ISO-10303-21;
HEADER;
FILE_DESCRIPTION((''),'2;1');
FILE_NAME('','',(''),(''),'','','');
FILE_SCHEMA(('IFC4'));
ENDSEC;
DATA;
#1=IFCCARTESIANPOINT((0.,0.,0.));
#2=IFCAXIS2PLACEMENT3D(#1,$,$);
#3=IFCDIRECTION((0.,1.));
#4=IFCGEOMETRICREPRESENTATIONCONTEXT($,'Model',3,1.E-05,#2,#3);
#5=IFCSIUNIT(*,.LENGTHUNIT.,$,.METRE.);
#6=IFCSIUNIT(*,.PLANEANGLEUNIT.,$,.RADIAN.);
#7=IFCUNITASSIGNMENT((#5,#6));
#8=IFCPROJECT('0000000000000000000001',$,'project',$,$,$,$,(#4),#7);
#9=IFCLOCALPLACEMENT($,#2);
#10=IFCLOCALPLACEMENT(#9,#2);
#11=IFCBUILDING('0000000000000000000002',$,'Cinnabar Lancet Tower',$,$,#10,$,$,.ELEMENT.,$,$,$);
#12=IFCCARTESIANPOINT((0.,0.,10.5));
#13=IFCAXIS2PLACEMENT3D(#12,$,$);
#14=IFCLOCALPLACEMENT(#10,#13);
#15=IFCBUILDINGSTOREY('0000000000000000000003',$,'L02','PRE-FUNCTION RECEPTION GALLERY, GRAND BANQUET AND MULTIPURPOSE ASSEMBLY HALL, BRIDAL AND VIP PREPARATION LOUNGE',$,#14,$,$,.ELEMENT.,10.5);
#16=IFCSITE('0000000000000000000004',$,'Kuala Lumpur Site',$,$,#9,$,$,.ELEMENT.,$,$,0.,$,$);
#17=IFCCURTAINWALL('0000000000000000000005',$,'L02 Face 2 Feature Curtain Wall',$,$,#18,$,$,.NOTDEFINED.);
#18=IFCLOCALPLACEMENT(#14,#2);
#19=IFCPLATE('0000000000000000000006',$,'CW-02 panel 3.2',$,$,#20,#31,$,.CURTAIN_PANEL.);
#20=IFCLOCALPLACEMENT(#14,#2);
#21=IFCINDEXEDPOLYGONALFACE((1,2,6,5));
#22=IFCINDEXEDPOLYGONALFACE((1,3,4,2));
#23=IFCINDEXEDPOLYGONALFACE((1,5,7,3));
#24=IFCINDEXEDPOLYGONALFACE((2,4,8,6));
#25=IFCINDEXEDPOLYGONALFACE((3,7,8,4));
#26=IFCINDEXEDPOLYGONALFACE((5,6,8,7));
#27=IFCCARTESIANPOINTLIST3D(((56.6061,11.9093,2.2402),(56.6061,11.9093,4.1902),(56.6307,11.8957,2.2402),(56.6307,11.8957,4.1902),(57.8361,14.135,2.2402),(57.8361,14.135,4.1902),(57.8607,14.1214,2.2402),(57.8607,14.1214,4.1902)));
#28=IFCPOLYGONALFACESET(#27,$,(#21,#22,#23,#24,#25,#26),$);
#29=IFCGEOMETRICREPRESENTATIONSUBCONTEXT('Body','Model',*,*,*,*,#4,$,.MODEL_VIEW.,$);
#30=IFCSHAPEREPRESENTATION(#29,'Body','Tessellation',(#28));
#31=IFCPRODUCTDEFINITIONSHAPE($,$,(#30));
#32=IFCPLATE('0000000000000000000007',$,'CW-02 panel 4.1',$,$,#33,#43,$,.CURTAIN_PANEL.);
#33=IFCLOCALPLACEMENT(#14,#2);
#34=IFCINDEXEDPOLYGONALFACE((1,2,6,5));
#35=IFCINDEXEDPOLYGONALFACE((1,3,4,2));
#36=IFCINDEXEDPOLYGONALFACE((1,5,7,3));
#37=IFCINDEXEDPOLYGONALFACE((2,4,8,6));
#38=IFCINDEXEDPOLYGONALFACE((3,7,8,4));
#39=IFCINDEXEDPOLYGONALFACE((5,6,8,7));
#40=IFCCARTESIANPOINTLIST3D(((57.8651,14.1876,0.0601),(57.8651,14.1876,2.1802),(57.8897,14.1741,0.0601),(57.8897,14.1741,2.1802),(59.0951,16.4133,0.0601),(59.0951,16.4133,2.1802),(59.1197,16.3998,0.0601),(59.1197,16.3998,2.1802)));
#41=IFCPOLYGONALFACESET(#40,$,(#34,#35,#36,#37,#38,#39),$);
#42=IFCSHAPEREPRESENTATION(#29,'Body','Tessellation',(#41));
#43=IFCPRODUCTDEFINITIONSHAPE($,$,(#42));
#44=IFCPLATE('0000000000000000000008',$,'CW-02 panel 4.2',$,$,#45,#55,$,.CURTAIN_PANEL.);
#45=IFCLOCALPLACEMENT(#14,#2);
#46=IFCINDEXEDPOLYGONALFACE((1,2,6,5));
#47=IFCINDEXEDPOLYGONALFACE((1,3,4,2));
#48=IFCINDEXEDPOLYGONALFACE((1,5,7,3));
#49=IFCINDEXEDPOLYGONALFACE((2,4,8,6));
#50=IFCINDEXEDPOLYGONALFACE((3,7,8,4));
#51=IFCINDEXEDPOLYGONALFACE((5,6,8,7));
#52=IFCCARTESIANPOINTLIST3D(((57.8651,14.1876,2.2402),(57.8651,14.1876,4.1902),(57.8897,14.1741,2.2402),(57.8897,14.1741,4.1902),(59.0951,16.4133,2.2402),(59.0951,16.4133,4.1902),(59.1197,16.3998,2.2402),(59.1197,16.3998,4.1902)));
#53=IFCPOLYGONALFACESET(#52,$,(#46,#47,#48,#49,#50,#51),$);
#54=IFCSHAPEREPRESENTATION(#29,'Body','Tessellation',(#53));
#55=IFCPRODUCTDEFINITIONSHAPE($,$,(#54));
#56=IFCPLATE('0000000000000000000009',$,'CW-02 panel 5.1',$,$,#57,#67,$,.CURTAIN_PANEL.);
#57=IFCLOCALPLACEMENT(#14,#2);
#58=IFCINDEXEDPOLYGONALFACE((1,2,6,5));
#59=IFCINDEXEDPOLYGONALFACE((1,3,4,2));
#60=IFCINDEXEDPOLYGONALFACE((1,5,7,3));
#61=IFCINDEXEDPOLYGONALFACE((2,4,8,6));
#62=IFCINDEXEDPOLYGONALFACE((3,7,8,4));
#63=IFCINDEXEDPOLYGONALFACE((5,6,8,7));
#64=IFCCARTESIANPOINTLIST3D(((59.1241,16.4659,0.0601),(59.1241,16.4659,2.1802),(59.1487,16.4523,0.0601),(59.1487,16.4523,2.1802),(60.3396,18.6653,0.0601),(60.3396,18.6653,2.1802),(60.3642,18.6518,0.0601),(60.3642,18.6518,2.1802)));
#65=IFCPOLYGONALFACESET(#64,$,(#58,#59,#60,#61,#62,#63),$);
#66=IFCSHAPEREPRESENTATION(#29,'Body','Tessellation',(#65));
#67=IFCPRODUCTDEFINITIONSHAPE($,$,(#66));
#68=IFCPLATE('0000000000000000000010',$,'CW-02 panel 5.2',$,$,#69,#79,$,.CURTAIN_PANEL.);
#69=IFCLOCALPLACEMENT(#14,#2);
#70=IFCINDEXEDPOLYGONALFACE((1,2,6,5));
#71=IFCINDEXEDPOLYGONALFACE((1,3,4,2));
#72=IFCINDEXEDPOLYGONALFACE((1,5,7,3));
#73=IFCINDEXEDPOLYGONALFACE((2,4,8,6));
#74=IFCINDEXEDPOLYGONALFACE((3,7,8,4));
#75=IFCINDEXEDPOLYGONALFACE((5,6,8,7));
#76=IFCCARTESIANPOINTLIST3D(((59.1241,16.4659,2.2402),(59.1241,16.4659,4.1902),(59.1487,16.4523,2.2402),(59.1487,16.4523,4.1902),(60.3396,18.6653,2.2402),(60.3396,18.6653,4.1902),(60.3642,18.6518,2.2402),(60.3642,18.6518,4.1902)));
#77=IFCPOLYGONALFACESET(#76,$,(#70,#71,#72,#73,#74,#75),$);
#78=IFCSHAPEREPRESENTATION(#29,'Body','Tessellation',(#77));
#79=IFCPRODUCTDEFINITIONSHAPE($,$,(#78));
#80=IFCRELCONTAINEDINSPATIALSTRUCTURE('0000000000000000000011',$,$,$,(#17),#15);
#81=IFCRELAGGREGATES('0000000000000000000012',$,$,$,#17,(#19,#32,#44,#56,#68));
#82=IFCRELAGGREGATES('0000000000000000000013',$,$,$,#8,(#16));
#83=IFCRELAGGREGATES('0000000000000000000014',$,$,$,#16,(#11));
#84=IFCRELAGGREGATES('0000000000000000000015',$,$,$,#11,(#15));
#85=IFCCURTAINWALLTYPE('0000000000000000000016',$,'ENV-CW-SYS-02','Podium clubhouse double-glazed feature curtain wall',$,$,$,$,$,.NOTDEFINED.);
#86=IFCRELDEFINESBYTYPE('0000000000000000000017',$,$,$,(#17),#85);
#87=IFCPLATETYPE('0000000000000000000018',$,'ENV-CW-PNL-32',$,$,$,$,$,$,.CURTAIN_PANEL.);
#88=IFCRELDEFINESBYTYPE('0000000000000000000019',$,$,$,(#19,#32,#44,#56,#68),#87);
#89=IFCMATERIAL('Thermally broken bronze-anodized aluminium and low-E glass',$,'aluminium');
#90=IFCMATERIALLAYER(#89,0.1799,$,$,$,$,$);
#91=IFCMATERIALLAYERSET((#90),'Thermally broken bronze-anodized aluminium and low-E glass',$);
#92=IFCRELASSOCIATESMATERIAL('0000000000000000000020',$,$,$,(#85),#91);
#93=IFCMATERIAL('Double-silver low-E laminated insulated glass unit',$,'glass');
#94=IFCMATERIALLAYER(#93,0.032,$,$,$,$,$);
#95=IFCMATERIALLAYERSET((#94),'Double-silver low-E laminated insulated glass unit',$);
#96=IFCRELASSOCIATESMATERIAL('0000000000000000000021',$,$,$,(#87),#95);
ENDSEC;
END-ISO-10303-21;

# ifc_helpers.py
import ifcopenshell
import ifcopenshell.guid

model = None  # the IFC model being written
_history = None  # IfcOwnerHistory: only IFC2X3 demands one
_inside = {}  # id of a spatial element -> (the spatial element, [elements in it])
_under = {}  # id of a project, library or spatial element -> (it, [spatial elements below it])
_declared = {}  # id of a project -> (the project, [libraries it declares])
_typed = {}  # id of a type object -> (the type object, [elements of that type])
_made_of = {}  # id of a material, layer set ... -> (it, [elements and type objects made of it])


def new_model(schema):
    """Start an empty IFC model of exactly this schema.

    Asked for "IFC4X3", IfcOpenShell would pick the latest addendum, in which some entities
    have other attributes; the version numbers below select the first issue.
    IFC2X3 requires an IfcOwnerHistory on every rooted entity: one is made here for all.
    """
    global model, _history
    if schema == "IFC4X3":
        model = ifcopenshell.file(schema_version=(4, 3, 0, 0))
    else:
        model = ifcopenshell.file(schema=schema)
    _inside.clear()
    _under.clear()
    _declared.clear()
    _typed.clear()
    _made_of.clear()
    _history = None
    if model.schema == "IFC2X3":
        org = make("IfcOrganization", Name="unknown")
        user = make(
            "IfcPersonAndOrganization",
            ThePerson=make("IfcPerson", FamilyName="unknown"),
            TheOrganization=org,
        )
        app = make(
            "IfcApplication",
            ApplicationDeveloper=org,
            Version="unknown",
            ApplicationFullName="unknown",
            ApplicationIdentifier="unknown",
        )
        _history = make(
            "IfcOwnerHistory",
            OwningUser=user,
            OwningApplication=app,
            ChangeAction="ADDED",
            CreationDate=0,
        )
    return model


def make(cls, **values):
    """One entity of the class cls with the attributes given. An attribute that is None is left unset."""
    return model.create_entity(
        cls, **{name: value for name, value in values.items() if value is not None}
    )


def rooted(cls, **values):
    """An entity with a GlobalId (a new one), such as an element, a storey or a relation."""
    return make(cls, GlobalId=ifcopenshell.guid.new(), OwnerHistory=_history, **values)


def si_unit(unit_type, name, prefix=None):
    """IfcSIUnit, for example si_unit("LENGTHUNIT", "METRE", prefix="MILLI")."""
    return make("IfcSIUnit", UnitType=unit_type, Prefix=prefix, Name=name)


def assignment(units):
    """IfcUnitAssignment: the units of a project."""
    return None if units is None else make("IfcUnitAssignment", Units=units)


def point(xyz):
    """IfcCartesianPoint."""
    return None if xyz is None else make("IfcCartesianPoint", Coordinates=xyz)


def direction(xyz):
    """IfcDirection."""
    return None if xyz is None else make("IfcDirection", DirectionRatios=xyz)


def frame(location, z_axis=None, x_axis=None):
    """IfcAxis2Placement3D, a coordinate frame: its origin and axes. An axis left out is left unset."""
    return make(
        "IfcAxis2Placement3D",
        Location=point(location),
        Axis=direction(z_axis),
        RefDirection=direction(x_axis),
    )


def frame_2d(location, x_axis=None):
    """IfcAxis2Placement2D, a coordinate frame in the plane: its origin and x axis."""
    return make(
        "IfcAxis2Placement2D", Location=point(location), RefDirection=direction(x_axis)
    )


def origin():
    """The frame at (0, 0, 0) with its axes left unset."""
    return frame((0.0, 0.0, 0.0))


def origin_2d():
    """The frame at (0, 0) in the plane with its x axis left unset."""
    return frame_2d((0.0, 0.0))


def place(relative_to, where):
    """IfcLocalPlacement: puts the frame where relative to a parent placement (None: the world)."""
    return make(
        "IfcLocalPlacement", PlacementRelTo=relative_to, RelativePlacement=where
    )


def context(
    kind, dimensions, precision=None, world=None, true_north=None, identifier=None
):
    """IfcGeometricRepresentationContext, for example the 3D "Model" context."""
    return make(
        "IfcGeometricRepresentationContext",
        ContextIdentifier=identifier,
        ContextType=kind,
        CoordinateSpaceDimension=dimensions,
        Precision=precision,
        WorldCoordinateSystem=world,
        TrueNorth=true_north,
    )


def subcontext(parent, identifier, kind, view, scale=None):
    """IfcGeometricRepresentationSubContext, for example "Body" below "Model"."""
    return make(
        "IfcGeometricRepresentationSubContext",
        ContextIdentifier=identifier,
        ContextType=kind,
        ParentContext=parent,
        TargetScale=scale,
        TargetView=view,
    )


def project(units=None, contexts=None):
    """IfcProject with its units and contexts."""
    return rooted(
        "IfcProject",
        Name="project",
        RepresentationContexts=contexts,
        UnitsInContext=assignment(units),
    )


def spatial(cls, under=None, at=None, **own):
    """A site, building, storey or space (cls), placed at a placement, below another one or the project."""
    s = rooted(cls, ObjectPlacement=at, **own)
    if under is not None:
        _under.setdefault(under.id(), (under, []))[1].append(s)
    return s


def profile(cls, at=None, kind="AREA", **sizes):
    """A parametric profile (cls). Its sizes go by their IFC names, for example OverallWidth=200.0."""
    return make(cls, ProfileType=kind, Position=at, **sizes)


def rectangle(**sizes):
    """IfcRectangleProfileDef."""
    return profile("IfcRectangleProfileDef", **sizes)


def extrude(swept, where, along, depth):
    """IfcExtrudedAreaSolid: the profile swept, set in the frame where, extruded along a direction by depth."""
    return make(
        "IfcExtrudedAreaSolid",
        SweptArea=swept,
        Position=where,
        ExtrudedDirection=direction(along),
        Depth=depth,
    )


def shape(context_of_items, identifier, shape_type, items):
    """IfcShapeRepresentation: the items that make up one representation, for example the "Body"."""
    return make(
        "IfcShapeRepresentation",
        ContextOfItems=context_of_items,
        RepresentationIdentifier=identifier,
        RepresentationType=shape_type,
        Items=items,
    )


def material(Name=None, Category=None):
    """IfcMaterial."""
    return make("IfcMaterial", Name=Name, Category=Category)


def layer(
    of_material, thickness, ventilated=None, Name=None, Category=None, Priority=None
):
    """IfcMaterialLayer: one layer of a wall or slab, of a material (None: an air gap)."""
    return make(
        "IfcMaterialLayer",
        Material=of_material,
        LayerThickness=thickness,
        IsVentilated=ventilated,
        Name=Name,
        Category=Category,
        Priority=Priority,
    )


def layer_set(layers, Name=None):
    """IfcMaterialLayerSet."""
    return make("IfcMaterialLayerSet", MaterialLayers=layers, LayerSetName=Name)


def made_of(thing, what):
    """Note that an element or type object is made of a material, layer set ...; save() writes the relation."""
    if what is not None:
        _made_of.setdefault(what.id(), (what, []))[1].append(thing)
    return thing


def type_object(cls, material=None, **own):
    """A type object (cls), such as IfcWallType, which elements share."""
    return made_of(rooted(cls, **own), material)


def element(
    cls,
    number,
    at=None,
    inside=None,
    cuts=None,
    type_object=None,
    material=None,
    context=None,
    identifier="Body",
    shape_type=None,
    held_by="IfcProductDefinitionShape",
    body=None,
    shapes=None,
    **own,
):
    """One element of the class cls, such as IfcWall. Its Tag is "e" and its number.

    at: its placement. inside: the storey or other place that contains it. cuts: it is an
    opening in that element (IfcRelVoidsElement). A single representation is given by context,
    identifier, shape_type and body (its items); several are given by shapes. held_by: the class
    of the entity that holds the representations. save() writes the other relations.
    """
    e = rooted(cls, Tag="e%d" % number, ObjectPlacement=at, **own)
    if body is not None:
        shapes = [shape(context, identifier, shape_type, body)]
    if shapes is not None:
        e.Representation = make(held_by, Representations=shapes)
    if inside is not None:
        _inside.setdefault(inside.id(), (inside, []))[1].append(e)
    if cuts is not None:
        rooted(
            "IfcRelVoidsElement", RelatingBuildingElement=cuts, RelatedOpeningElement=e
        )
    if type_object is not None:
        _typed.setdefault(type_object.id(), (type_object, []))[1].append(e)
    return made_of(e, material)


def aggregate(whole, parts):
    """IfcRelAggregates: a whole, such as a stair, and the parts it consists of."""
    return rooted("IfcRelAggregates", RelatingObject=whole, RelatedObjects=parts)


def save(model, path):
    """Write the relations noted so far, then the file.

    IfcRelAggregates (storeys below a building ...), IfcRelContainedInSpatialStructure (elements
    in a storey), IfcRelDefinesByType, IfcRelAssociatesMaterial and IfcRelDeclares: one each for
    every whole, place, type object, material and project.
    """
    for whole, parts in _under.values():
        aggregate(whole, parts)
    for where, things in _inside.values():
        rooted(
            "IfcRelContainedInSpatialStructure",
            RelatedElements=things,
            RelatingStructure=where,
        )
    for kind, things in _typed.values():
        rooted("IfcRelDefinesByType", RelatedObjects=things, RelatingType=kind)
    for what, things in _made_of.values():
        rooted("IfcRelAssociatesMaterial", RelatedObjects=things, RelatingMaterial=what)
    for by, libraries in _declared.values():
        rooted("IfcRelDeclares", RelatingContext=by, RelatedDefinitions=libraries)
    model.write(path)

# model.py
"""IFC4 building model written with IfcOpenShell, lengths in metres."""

from ifc_helpers import new_model, si_unit, direction, frame, origin, origin_2d, place, context, subcontext, project, spatial, rectangle, extrude, material, layer, layer_set, type_object, element, aggregate, save


model = new_model("IFC4")

# Units and contexts
model_context = context("Model", 3, precision=1e-05, world=origin(), true_north=direction((0.0, 1.0)))
body_context = subcontext(model_context, "Body", "Model", "MODEL_VIEW")
ifc_project = project(units=[si_unit("LENGTHUNIT", "METRE"), si_unit("PLANEANGLEUNIT", "RADIAN")], contexts=[model_context])

# Site, building, storey
site_placement = place(None, origin())
site = spatial("IfcSite", under=ifc_project, at=site_placement, Name="Kuala Lumpur Site", CompositionType="ELEMENT", RefElevation=0.0)
building_placement = place(site_placement, origin())
building = spatial("IfcBuilding", under=site, at=building_placement, Name="Cinnabar Lancet Tower", CompositionType="ELEMENT")
storey_placement = place(building_placement, frame((0.0, 0.0, 10.5)))
storey = spatial("IfcBuildingStorey", under=building, at=storey_placement, Name="L02", Description="PRE-FUNCTION RECEPTION GALLERY, GRAND BANQUET AND MULTIPURPOSE ASSEMBLY HALL, BRIDAL AND VIP PREPARATION LOUNGE", CompositionType="ELEMENT", Elevation=10.5)

# Curtain wall
ifc_material_1 = material(Name="Thermally broken bronze-anodized aluminium and low-E glass", Category="aluminium")
ifc_layer_1 = layer(ifc_material_1, 0.1799)
ifc_layer_set_1 = layer_set([ifc_layer_1], Name="Thermally broken bronze-anodized aluminium and low-E glass")
curtain_wall_type = type_object("IfcCurtainWallType", Name="ENV-CW-SYS-02", Description="Podium clubhouse double-glazed feature curtain wall", PredefinedType="NOTDEFINED", material=ifc_layer_set_1)
curtain_wall_placement = place(storey_placement, origin())
curtain_wall = element("IfcCurtainWall", 1, at=curtain_wall_placement, inside=storey, type_object=curtain_wall_type, Name="L02 Face 2 Feature Curtain Wall", PredefinedType="NOTDEFINED")

# Plates
ifc_material_2 = material(Name="Double-silver low-E laminated insulated glass unit", Category="glass")
ifc_layer_2 = layer(ifc_material_2, 0.032)
ifc_layer_set_2 = layer_set([ifc_layer_2], Name="Double-silver low-E laminated insulated glass unit")
plate_type = type_object("IfcPlateType", Name="ENV-CW-PNL-32", PredefinedType="CURTAIN_PANEL", material=ifc_layer_set_2)
plate_1_placement = place(storey_placement, frame((57.2334, 13.0154, 2.2402), z_axis=(0.0, 0.0, 1.0), x_axis=(0.483685, 0.875242, 0.0)))
plate_1 = element("IfcPlate", 2, at=plate_1_placement, type_object=plate_type, Name="CW-02 panel 3.2", PredefinedType="CURTAIN_PANEL", context=body_context, shape_type="SweptSolid", body=[
    extrude(rectangle(XDim=2.543, YDim=0.0281, at=origin_2d()), origin(), (0.0, 0.0, 1.0), 1.95),
])
plate_2_placement = place(storey_placement, frame((58.4924, 15.2937, 0.0601), z_axis=(0.0, 0.0, 1.0), x_axis=(0.483685, 0.875242, 0.0)))
plate_2 = element("IfcPlate", 3, at=plate_2_placement, type_object=plate_type, Name="CW-02 panel 4.1", PredefinedType="CURTAIN_PANEL", context=body_context, shape_type="SweptSolid", body=[
    extrude(rectangle(XDim=2.543, YDim=0.0281, at=origin_2d()), origin(), (0.0, 0.0, 1.0), 2.1201),
])
plate_3_placement = place(storey_placement, frame((58.4924, 15.2937, 2.2402), z_axis=(0.0, 0.0, 1.0), x_axis=(0.483685, 0.875242, 0.0)))
plate_3 = element("IfcPlate", 4, at=plate_3_placement, type_object=plate_type, Name="CW-02 panel 4.2", PredefinedType="CURTAIN_PANEL", context=body_context, shape_type="SweptSolid", body=[
    extrude(rectangle(XDim=2.543, YDim=0.0281, at=origin_2d()), origin(), (0.0, 0.0, 1.0), 1.95),
])
plate_4_placement = place(storey_placement, frame((59.7441, 17.5588, 0.0601), z_axis=(0.0, 0.0, 1.0), x_axis=(0.483685, 0.875242, 0.0)))
plate_4 = element("IfcPlate", 5, at=plate_4_placement, type_object=plate_type, Name="CW-02 panel 5.1", PredefinedType="CURTAIN_PANEL", context=body_context, shape_type="SweptSolid", body=[
    extrude(rectangle(XDim=2.5129, YDim=0.0281, at=origin_2d()), origin(), (0.0, 0.0, 1.0), 2.1201),
])
plate_5_placement = place(storey_placement, frame((59.7441, 17.5588, 2.2402), z_axis=(0.0, 0.0, 1.0), x_axis=(0.483685, 0.875242, 0.0)))
plate_5 = element("IfcPlate", 6, at=plate_5_placement, type_object=plate_type, Name="CW-02 panel 5.2", PredefinedType="CURTAIN_PANEL", context=body_context, shape_type="SweptSolid", body=[
    extrude(rectangle(XDim=2.5129, YDim=0.0281, at=origin_2d()), origin(), (0.0, 0.0, 1.0), 1.95),
])
aggregate(curtain_wall, [plate_1, plate_2, plate_3, plate_4, plate_5])

save(model, "model.ifc")
